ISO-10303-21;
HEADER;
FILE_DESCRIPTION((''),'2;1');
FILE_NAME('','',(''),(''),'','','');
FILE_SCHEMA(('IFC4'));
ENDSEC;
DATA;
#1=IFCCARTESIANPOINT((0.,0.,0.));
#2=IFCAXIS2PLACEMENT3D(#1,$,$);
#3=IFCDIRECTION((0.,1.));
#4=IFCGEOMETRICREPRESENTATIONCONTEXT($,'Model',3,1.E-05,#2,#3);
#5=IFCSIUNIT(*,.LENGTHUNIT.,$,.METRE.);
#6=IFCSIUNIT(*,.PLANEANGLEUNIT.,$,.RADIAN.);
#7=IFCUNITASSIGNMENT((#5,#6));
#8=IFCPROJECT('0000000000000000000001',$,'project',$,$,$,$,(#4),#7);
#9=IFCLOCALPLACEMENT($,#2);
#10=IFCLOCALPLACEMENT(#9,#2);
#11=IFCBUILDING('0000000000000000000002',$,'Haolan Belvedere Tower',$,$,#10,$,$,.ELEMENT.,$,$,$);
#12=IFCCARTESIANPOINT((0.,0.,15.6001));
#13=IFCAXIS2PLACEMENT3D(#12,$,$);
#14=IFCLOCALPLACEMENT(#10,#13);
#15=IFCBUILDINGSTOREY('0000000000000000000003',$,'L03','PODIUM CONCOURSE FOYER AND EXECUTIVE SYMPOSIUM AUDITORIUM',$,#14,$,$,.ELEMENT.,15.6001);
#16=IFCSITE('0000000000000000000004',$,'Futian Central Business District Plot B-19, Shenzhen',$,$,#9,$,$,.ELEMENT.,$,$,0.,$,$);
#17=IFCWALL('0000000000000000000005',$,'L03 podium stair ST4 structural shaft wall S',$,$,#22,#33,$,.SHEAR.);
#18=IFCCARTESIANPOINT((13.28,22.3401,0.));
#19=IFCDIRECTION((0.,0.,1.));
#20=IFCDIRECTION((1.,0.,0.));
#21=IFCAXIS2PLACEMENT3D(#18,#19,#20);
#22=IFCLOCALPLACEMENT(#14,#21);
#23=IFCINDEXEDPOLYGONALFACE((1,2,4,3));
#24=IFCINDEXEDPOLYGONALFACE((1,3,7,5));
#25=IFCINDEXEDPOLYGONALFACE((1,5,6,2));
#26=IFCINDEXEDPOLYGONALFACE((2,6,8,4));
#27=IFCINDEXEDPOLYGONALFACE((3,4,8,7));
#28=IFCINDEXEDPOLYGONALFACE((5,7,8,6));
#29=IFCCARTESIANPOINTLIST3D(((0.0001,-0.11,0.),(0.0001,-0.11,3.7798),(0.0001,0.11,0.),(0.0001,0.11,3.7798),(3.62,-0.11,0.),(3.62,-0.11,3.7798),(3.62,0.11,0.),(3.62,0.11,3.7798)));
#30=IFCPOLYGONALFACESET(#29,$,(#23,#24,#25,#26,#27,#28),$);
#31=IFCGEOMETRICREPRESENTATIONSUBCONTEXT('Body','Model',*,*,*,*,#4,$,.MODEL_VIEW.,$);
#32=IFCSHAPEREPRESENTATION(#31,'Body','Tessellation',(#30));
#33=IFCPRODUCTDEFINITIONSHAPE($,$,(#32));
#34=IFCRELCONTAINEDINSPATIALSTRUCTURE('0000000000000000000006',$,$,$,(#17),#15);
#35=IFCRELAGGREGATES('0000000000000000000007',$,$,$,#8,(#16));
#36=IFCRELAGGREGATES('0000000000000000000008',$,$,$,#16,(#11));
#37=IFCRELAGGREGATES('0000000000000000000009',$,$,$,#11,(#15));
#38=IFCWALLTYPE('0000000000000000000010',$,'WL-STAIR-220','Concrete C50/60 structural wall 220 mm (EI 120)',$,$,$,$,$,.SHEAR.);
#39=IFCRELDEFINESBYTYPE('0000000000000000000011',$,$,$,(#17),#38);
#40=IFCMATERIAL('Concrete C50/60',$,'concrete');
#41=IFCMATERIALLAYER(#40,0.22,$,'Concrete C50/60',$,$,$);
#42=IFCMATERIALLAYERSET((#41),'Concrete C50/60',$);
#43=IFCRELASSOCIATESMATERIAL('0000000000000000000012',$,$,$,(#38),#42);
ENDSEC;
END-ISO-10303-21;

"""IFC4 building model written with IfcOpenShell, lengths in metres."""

from ifc_helpers import new_model, si_unit, direction, frame, frame_2d, origin, place, context, subcontext, project, spatial, rectangle, extrude, material, layer, layer_set, type_object, element, save


model = new_model("IFC4")

# Units and contexts
model_context = context("Model", 3, precision=1e-05, world=origin(), true_north=direction((0.0, 1.0)))
body_context = subcontext(model_context, "Body", "Model", "MODEL_VIEW")
ifc_project = project(units=[si_unit("LENGTHUNIT", "METRE"), si_unit("PLANEANGLEUNIT", "RADIAN")], contexts=[model_context])

# Site, building, storey
site_placement = place(None, origin())
site = spatial("IfcSite", under=ifc_project, at=site_placement, Name="Futian Central Business District Plot B-19, Shenzhen", CompositionType="ELEMENT", RefElevation=0.0)
building_placement = place(site_placement, origin())
building = spatial("IfcBuilding", under=site, at=building_placement, Name="Haolan Belvedere Tower", CompositionType="ELEMENT")
storey_placement = place(building_placement, frame((0.0, 0.0, 15.6001)))
storey = spatial("IfcBuildingStorey", under=building, at=storey_placement, Name="L03", Description="PODIUM CONCOURSE FOYER AND EXECUTIVE SYMPOSIUM AUDITORIUM", CompositionType="ELEMENT", Elevation=15.6001)

# Shared definitions
ifc_material_1 = material(Name="Concrete C50/60", Category="concrete")

# Shared definitions
ifc_layer = layer(ifc_material_1, 0.22, Name="Concrete C50/60")
ifc_layer_set = layer_set([ifc_layer], Name="Concrete C50/60")
wall_type = type_object("IfcWallType", Name="WL-STAIR-220", Description="Concrete C50/60 structural wall 220 mm (EI 120)", PredefinedType="SHEAR", material=ifc_layer_set)

# Wall
wall_1_placement = place(storey_placement, frame((13.28, 22.3401, 0.0), z_axis=(0.0, 0.0, 1.0), x_axis=(1.0, 0.0, 0.0)))
element("IfcWall", 1, at=wall_1_placement, inside=storey, type_object=wall_type, Name="L03 podium stair ST4 structural shaft wall S", PredefinedType="SHEAR", context=body_context, shape_type="SweptSolid", body=[
    extrude(rectangle(XDim=3.6199, YDim=0.22, at=frame_2d((1.8101, 0.0))), origin(), (0.0, 0.0, 1.0), 3.7798),
])

save(model, "model.ifc")
